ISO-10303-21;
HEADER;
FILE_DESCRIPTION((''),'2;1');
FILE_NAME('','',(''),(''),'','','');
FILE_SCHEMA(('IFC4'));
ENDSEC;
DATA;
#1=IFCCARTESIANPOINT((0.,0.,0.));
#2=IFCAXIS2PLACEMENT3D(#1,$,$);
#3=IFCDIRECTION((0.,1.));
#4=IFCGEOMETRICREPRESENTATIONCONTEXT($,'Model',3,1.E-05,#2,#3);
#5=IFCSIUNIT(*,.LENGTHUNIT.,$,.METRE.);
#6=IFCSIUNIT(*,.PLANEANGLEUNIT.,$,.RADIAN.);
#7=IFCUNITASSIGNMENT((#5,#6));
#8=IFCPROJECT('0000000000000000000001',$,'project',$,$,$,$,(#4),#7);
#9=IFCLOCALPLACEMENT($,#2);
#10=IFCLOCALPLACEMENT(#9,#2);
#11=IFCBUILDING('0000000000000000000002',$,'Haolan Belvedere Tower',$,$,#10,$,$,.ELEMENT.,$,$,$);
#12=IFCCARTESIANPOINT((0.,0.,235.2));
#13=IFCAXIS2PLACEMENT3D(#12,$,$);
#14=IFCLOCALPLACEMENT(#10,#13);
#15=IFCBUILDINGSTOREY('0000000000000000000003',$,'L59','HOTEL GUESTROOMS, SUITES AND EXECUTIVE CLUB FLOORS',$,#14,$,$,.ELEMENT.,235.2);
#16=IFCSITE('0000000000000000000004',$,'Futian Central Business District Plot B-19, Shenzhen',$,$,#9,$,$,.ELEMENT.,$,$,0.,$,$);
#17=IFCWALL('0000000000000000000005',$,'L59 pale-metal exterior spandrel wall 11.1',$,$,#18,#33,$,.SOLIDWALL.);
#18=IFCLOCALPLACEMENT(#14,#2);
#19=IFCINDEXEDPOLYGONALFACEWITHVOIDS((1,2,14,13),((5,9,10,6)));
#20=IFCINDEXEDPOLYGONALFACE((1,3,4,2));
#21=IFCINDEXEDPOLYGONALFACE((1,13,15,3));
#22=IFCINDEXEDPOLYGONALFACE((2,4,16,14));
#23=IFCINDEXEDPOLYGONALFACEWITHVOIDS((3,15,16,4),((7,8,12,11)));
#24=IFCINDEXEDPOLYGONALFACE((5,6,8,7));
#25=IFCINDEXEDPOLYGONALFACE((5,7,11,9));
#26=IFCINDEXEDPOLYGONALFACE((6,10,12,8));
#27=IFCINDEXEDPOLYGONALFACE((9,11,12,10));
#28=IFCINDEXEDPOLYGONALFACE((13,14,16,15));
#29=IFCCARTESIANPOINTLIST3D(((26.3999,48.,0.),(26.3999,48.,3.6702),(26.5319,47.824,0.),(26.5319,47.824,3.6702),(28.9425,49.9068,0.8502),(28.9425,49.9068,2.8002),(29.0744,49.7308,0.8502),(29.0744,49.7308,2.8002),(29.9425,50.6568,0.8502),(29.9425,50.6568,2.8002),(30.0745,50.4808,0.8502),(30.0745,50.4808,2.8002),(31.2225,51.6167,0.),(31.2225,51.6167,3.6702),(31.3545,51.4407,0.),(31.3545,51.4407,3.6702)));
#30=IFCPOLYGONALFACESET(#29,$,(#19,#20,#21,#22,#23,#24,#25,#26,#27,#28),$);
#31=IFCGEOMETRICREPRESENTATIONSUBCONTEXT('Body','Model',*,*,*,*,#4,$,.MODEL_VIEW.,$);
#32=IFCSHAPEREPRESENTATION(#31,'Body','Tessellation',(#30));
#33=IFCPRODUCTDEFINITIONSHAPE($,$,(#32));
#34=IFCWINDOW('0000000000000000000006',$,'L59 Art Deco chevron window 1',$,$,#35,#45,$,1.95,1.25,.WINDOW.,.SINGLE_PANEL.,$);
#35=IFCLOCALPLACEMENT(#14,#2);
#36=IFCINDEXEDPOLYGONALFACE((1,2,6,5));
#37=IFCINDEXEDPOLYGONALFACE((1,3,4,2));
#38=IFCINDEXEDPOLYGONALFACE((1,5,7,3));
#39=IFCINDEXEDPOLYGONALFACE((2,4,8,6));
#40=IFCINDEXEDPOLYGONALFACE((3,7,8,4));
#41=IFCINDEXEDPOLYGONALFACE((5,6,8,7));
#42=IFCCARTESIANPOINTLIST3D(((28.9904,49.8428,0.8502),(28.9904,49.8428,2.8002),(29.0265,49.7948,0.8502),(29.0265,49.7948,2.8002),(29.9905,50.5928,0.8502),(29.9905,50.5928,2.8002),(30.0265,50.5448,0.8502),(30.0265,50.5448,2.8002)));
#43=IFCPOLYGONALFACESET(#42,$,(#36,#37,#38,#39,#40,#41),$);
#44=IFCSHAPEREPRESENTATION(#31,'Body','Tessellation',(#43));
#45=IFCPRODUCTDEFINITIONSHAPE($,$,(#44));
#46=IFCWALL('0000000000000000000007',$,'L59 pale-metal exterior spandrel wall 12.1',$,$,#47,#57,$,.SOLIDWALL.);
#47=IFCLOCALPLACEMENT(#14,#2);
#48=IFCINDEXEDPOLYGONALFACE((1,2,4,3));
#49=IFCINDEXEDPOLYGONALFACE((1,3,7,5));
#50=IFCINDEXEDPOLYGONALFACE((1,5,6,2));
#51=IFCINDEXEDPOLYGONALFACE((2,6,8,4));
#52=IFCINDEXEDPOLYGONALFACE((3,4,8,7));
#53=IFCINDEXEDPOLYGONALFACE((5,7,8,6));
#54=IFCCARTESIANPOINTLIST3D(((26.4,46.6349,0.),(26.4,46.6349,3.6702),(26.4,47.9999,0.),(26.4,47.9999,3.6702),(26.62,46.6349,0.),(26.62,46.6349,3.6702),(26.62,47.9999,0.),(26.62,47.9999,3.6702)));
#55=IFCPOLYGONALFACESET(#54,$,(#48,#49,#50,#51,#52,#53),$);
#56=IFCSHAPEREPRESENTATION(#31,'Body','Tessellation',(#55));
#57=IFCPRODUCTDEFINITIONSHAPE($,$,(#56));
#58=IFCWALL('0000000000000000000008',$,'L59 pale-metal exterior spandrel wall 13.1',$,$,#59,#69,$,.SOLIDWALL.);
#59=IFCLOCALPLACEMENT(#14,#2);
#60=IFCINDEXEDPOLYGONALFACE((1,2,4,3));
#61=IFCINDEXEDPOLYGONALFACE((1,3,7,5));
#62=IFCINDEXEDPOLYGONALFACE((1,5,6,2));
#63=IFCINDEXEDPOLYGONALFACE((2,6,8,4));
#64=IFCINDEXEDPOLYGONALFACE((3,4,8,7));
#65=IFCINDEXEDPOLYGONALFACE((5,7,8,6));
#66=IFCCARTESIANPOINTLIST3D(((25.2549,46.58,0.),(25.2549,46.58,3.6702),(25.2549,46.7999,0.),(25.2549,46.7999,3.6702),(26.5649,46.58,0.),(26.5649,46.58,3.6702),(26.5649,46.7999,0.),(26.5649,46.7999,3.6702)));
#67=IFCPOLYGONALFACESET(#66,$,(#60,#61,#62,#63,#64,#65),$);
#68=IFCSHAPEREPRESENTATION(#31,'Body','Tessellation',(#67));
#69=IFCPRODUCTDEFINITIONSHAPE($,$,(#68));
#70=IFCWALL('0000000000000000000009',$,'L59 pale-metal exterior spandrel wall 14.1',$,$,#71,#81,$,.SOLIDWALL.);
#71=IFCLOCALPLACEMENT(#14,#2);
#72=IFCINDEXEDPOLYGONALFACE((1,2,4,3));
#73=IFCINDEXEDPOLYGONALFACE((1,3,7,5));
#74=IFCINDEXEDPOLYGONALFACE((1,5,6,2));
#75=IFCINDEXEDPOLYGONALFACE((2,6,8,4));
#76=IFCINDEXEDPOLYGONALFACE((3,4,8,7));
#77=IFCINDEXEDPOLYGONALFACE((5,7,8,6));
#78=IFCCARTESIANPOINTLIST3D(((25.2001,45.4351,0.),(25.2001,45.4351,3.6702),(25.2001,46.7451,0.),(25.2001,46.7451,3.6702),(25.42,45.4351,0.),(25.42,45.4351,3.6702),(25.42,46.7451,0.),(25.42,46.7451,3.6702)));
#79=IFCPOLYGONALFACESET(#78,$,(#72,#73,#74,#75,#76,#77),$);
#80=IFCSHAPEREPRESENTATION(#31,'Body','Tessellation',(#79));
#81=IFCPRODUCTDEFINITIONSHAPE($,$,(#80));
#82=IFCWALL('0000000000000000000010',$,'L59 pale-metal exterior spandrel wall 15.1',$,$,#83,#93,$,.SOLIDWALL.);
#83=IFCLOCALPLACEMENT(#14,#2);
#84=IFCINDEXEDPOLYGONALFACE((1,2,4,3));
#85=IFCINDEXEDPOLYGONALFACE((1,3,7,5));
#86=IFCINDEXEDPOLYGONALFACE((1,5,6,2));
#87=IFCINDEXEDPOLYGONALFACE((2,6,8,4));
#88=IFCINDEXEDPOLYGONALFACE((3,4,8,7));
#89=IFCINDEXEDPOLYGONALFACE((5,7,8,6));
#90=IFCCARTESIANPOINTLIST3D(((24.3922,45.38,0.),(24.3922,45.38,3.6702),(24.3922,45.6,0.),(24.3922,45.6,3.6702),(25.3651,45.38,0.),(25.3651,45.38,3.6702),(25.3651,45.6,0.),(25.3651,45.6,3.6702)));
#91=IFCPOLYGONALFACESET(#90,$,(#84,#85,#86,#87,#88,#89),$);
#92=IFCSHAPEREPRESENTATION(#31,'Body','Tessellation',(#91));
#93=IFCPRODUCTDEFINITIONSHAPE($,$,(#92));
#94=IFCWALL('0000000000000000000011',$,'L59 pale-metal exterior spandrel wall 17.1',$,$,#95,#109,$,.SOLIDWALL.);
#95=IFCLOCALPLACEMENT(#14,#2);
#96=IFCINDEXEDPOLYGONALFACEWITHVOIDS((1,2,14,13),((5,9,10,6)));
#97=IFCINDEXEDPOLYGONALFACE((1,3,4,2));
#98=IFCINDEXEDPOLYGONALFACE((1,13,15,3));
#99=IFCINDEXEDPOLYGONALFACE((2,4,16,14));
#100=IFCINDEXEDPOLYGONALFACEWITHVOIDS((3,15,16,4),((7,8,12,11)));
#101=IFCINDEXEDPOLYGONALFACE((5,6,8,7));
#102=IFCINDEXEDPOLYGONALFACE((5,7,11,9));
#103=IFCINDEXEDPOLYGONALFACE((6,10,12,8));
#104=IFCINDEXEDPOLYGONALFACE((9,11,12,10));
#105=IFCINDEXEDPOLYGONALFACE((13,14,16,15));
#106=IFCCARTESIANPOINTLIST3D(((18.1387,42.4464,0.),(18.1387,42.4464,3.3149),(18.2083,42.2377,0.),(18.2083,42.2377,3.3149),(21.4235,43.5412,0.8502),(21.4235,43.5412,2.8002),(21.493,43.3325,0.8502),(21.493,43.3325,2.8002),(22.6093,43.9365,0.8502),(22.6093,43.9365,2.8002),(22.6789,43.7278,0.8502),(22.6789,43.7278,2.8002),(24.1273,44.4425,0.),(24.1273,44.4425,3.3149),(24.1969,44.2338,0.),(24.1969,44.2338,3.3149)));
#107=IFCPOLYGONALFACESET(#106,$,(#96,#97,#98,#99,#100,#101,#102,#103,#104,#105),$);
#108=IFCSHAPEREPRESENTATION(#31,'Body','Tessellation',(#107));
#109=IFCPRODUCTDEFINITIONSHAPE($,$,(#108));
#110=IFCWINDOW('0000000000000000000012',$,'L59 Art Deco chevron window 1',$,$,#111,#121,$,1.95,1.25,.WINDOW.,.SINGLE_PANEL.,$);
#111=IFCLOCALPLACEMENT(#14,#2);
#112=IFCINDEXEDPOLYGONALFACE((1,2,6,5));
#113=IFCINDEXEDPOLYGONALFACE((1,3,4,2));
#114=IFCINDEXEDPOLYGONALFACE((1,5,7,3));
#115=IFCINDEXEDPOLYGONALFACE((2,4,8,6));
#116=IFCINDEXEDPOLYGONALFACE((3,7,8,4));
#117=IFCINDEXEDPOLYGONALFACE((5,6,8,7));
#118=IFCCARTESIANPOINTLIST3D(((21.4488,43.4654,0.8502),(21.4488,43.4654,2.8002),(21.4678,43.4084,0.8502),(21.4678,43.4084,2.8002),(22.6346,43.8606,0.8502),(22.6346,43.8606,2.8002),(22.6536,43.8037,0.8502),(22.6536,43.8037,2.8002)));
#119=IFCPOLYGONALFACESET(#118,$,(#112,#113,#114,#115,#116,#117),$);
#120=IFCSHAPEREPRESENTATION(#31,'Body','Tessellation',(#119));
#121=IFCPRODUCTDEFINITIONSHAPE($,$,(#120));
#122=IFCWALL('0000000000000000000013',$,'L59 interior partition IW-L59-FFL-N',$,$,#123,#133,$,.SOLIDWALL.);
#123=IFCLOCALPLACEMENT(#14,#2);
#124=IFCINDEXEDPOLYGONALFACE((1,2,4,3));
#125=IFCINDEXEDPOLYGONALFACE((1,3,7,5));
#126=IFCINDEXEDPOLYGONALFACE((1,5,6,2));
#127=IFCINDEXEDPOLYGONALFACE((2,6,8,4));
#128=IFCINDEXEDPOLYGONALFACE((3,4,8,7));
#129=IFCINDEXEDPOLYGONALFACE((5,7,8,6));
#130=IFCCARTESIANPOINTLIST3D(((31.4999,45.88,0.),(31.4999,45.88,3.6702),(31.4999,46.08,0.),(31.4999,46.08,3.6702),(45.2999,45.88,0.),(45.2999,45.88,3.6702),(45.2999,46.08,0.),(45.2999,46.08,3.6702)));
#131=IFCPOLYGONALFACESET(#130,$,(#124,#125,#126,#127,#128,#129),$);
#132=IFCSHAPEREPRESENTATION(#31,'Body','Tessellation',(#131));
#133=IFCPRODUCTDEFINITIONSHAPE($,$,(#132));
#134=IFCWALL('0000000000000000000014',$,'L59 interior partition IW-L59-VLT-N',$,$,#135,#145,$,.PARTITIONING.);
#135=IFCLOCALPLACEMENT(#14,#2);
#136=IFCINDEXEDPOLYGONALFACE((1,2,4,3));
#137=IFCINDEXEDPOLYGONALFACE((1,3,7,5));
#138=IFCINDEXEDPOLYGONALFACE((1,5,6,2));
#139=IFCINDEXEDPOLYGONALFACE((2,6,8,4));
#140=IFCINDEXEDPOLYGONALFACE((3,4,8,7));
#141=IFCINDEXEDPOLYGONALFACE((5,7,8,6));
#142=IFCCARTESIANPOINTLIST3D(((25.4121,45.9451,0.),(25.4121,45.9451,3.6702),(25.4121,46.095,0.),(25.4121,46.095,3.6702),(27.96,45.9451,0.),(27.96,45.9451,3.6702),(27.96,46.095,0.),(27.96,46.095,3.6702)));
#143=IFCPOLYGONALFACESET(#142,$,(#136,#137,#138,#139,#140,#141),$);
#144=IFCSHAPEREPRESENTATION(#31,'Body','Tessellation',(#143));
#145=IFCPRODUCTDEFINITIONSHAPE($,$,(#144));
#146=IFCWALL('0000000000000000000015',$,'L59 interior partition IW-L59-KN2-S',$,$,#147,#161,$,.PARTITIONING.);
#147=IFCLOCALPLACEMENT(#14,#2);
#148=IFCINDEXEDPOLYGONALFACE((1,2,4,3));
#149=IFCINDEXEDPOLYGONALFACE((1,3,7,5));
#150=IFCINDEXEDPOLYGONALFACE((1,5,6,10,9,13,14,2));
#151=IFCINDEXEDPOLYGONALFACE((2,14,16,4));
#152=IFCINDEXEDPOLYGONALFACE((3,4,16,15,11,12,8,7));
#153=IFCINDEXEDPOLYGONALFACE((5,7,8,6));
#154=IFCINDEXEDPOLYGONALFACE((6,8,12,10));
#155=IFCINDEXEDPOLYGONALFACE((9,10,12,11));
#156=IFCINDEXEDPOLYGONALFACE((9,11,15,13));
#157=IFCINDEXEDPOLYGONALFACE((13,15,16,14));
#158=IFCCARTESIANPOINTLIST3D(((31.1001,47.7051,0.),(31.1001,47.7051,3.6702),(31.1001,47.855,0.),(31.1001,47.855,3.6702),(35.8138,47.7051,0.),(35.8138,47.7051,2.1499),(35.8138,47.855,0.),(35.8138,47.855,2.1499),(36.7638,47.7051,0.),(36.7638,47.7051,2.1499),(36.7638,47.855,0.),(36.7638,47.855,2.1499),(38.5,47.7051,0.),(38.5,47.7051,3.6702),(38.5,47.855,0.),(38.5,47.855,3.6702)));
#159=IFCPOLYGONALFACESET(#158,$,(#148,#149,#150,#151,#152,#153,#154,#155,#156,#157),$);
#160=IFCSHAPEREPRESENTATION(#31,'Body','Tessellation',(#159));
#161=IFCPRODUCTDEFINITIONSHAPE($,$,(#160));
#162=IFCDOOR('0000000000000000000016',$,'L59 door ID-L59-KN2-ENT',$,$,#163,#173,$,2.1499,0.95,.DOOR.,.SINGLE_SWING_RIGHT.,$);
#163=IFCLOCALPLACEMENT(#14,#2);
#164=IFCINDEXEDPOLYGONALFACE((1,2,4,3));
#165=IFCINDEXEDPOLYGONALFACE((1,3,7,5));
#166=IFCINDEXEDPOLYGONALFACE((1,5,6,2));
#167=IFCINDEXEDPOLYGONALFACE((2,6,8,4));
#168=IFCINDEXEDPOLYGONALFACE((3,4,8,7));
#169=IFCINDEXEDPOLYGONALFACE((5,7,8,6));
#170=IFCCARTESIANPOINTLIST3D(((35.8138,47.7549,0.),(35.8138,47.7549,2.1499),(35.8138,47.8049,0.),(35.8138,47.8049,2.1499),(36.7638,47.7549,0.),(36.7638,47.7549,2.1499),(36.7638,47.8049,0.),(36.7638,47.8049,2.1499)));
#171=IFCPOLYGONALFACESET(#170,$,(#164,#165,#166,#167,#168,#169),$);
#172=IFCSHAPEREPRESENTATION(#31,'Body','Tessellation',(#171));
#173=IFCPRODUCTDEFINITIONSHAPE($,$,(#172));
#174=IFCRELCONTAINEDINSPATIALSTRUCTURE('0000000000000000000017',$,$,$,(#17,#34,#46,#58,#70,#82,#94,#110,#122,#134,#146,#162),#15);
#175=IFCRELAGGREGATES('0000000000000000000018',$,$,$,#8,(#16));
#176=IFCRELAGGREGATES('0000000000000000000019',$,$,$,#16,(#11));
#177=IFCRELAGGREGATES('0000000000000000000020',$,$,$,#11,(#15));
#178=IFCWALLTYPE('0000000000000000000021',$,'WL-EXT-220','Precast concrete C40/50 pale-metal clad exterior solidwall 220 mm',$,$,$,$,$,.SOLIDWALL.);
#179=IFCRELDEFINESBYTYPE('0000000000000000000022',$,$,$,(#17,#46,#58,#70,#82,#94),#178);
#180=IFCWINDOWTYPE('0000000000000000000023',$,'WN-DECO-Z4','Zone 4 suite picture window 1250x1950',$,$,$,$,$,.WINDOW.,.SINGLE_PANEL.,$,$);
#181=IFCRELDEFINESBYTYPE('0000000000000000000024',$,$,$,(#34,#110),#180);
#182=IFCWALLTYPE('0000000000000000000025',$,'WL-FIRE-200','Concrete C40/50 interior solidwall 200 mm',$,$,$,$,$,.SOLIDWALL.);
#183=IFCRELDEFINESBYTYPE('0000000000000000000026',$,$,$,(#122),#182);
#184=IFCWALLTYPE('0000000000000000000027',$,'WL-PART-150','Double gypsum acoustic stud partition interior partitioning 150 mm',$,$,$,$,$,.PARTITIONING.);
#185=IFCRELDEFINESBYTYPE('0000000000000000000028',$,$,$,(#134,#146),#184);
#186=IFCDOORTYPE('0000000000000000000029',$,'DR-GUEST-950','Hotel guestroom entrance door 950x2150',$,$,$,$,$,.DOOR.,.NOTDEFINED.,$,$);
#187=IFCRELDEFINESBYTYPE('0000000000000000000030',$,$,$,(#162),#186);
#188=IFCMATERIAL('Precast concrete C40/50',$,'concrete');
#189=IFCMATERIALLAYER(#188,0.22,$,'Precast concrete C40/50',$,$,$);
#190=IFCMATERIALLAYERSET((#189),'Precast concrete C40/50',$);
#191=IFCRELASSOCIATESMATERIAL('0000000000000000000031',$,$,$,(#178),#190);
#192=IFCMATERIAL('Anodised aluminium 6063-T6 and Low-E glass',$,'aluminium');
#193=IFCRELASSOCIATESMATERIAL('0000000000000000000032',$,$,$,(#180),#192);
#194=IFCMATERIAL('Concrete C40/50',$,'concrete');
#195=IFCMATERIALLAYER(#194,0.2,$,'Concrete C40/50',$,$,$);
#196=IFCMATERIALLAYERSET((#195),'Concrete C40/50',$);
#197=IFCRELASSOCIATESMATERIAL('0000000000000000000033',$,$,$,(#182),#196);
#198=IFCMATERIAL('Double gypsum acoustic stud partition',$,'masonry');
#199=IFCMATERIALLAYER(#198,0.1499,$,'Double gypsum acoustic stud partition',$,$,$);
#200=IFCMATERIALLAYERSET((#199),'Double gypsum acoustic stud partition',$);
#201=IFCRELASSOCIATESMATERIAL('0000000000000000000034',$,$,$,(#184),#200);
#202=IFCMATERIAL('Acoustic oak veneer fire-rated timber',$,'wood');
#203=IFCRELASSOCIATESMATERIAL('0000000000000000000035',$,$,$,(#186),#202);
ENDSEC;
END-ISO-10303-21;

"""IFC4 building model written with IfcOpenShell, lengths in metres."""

from ifc_helpers import new_model, si_unit, direction, frame, frame_2d, origin, place, context, subcontext, project, spatial, rectangle, extrude, material, layer, layer_set, type_object, element, fill, save


model = new_model("IFC4")

# Units and contexts
model_context = context("Model", 3, precision=1e-05, world=origin(), true_north=direction((0.0, 1.0)))
body_context = subcontext(model_context, "Body", "Model", "MODEL_VIEW")
ifc_project = project(units=[si_unit("LENGTHUNIT", "METRE"), si_unit("PLANEANGLEUNIT", "RADIAN")], contexts=[model_context])

# Site, building, storey
site_placement = place(None, origin())
site = spatial("IfcSite", under=ifc_project, at=site_placement, Name="Futian Central Business District Plot B-19, Shenzhen", CompositionType="ELEMENT", RefElevation=0.0)
building_placement = place(site_placement, origin())
building = spatial("IfcBuilding", under=site, at=building_placement, Name="Haolan Belvedere Tower", CompositionType="ELEMENT")
storey_placement = place(building_placement, frame((0.0, 0.0, 235.2)))
storey = spatial("IfcBuildingStorey", under=building, at=storey_placement, Name="L59", Description="HOTEL GUESTROOMS, SUITES AND EXECUTIVE CLUB FLOORS", CompositionType="ELEMENT", Elevation=235.2)

# Wall, opening, window
ifc_material_1 = material(Name="Precast concrete C40/50", Category="concrete")
ifc_layer_1 = layer(ifc_material_1, 0.22, Name="Precast concrete C40/50")
ifc_layer_set_1 = layer_set([ifc_layer_1], Name="Precast concrete C40/50")
wall_type_1 = type_object("IfcWallType", Name="WL-EXT-220", Description="Precast concrete C40/50 pale-metal clad exterior solidwall 220 mm", PredefinedType="SOLIDWALL", material=ifc_layer_set_1)
wall_1_placement = place(storey_placement, frame((31.2886, 51.5288, 0.0), z_axis=(0.0, 0.0, 1.0), x_axis=(-0.800015, -0.599981, 0.0)))
wall_1 = element("IfcWall", 1, at=wall_1_placement, inside=storey, type_object=wall_type_1, Name="L59 pale-metal exterior spandrel wall 11.1", PredefinedType="SOLIDWALL", context=body_context, shape_type="SweptSolid", body=[
    extrude(rectangle(XDim=6.0281, YDim=0.22, at=frame_2d((3.0142, 0.0))), origin(), (0.0, 0.0, 1.0), 3.6702),
])
opening_1_placement = place(wall_1_placement, frame((1.6001, 0.0, 0.8501)))
opening_1 = element("IfcOpeningElement", 2, at=opening_1_placement, cuts=wall_1, PredefinedType="OPENING", context=body_context, shape_type="SweptSolid", body=[
    extrude(rectangle(XDim=1.25, YDim=1.95, at=frame_2d((0.625, 0.9751))), frame((0.0, 0.1199, 0.0), z_axis=(0.0, -1.0, 0.0), x_axis=(1.0, 0.0, 0.0)), (0.0, 0.0, 1.0), 0.24),
])
ifc_material_2 = material(Name="Anodised aluminium 6063-T6 and Low-E glass", Category="aluminium")
window_type = type_object("IfcWindowType", Name="WN-DECO-Z4", Description="Zone 4 suite picture window 1250x1950", PartitioningType="SINGLE_PANEL", PredefinedType="WINDOW", material=ifc_material_2)
window_1_placement = place(opening_1_placement, origin())
window_1 = element("IfcWindow", 3, at=window_1_placement, inside=storey, type_object=window_type, Name="L59 Art Deco chevron window 1", OverallHeight=1.95, OverallWidth=1.25, PartitioningType="SINGLE_PANEL", PredefinedType="WINDOW", context=body_context, shape_type="SweptSolid", body=[
    extrude(rectangle(XDim=1.25, YDim=1.95, at=frame_2d((0.625, 0.9751))), frame((0.0, 0.03, 0.0), z_axis=(0.0, -1.0, 0.0), x_axis=(1.0, 0.0, 0.0)), (0.0, 0.0, 1.0), 0.0601),
])
fill(opening_1, window_1)

# Walls
wall_2_placement = place(storey_placement, frame((26.51, 48.0, 0.0), z_axis=(0.0, 0.0, 1.0), x_axis=(0.0, -1.0, 0.0)))
element("IfcWall", 4, at=wall_2_placement, inside=storey, type_object=wall_type_1, Name="L59 pale-metal exterior spandrel wall 12.1", PredefinedType="SOLIDWALL", context=body_context, shape_type="SweptSolid", body=[
    extrude(rectangle(XDim=1.365, YDim=0.22, at=frame_2d((0.6826, 0.0))), origin(), (0.0, 0.0, 1.0), 3.6702),
])
for number, where, z_axis, x_axis, name in (
    (5, (26.5649, 46.6899, 0.0), (0.0, 0.0, 1.0), (-1.0, 0.0, 0.0), "L59 pale-metal exterior spandrel wall 13.1"),
    (6, (25.3101, 46.7451, 0.0), (0.0, 0.0, 1.0), (0.0, -1.0, 0.0), "L59 pale-metal exterior spandrel wall 14.1"),
):
    element("IfcWall", number, at=place(storey_placement, frame(where, z_axis=z_axis, x_axis=x_axis)), inside=storey, type_object=wall_type_1, Name=name, PredefinedType="SOLIDWALL", context=body_context, shape_type="SweptSolid", body=[
        extrude(rectangle(XDim=1.3101, YDim=0.22, at=frame_2d((0.655, 0.0))), origin(), (0.0, 0.0, 1.0), 3.6702),
    ])
wall_3_placement = place(storey_placement, frame((25.365, 45.49, 0.0), z_axis=(0.0, 0.0, 1.0), x_axis=(-1.0, 0.0, 0.0)))
element("IfcWall", 7, at=wall_3_placement, inside=storey, type_object=wall_type_1, Name="L59 pale-metal exterior spandrel wall 15.1", PredefinedType="SOLIDWALL", context=body_context, shape_type="SweptSolid", body=[
    extrude(rectangle(XDim=0.9729, YDim=0.22, at=frame_2d((0.4863, 0.0))), origin(), (0.0, 0.0, 1.0), 3.6702),
])

# Wall, opening, window
wall_4_placement = place(storey_placement, frame((24.1621, 44.3381, 0.0), z_axis=(0.0, 0.0, 1.0), x_axis=(-0.948687, -0.316216, 0.0)))
wall_4 = element("IfcWall", 8, at=wall_4_placement, inside=storey, type_object=wall_type_1, Name="L59 pale-metal exterior spandrel wall 17.1", PredefinedType="SOLIDWALL", context=body_context, shape_type="SweptSolid", body=[
    extrude(rectangle(XDim=6.3125, YDim=0.22, at=frame_2d((3.1562, 0.0))), origin(), (0.0, 0.0, 1.0), 3.3149),
])
opening_2_placement = place(wall_4_placement, frame((1.6001, 0.0, 0.8501)))
opening_2 = element("IfcOpeningElement", 9, at=opening_2_placement, cuts=wall_4, PredefinedType="OPENING", context=body_context, shape_type="SweptSolid", body=[
    extrude(rectangle(XDim=1.25, YDim=1.95, at=frame_2d((0.625, 0.9751))), frame((0.0, 0.1199, 0.0), z_axis=(0.0, -1.0, 0.0), x_axis=(1.0, 0.0, 0.0)), (0.0, 0.0, 1.0), 0.24),
])
window_2_placement = place(opening_2_placement, origin())
window_2 = element("IfcWindow", 10, at=window_2_placement, inside=storey, type_object=window_type, Name="L59 Art Deco chevron window 1", OverallHeight=1.95, OverallWidth=1.25, PartitioningType="SINGLE_PANEL", PredefinedType="WINDOW", context=body_context, shape_type="SweptSolid", body=[
    extrude(rectangle(XDim=1.25, YDim=1.95, at=frame_2d((0.625, 0.9751))), frame((0.0, 0.03, 0.0), z_axis=(0.0, -1.0, 0.0), x_axis=(1.0, 0.0, 0.0)), (0.0, 0.0, 1.0), 0.0601),
])
fill(opening_2, window_2)

# Wall
ifc_material_3 = material(Name="Concrete C40/50", Category="concrete")
ifc_layer_2 = layer(ifc_material_3, 0.2, Name="Concrete C40/50")
ifc_layer_set_2 = layer_set([ifc_layer_2], Name="Concrete C40/50")
wall_type_2 = type_object("IfcWallType", Name="WL-FIRE-200", Description="Concrete C40/50 interior solidwall 200 mm", PredefinedType="SOLIDWALL", material=ifc_layer_set_2)
wall_5_placement = place(storey_placement, frame((31.5, 45.98, 0.0), z_axis=(0.0, 0.0, 1.0), x_axis=(1.0, 0.0, 0.0)))
element("IfcWall", 11, at=wall_5_placement, inside=storey, type_object=wall_type_2, Name="L59 interior partition IW-L59-FFL-N", PredefinedType="SOLIDWALL", context=body_context, shape_type="SweptSolid", body=[
    extrude(rectangle(XDim=13.8, YDim=0.2, at=frame_2d((6.8999, 0.0))), origin(), (0.0, 0.0, 1.0), 3.6702),
])

# Wall
ifc_material_4 = material(Name="Double gypsum acoustic stud partition", Category="masonry")
ifc_layer_3 = layer(ifc_material_4, 0.1499, Name="Double gypsum acoustic stud partition")
ifc_layer_set_3 = layer_set([ifc_layer_3], Name="Double gypsum acoustic stud partition")
wall_type_3 = type_object("IfcWallType", Name="WL-PART-150", Description="Double gypsum acoustic stud partition interior partitioning 150 mm", PredefinedType="PARTITIONING", material=ifc_layer_set_3)
wall_6_placement = place(storey_placement, frame((25.4121, 46.02, 0.0), z_axis=(0.0, 0.0, 1.0), x_axis=(1.0, 0.0, 0.0)))
element("IfcWall", 12, at=wall_6_placement, inside=storey, type_object=wall_type_3, Name="L59 interior partition IW-L59-VLT-N", PredefinedType="PARTITIONING", context=body_context, shape_type="SweptSolid", body=[
    extrude(rectangle(XDim=2.5479, YDim=0.1499, at=frame_2d((1.2739, 0.0))), origin(), (0.0, 0.0, 1.0), 3.6702),
])

# Wall, opening, door
wall_7_placement = place(storey_placement, frame((31.1001, 47.78, 0.0), z_axis=(0.0, 0.0, 1.0), x_axis=(1.0, 0.0, 0.0)))
wall_7 = element("IfcWall", 13, at=wall_7_placement, inside=storey, type_object=wall_type_3, Name="L59 interior partition IW-L59-KN2-S", PredefinedType="PARTITIONING", context=body_context, shape_type="SweptSolid", body=[
    extrude(rectangle(XDim=7.3999, YDim=0.1499, at=frame_2d((3.7, 0.0))), origin(), (0.0, 0.0, 1.0), 3.6702),
])
opening_3_placement = place(wall_7_placement, frame((4.7136, 0.0, 0.0)))
opening_3 = element("IfcOpeningElement", 14, at=opening_3_placement, cuts=wall_7, PredefinedType="OPENING", context=body_context, shape_type="SweptSolid", body=[
    extrude(rectangle(XDim=0.95, YDim=2.1499, at=frame_2d((0.4751, 1.075))), frame((0.0, 0.085, 0.0), z_axis=(0.0, -1.0, 0.0), x_axis=(1.0, 0.0, 0.0)), (0.0, 0.0, 1.0), 0.1699),
])
ifc_material_5 = material(Name="Acoustic oak veneer fire-rated timber", Category="wood")
door_type_1 = type_object("IfcDoorType", Name="DR-GUEST-950", Description="Hotel guestroom entrance door 950x2150", OperationType="NOTDEFINED", PredefinedType="DOOR", material=ifc_material_5)
door_1_placement = place(opening_3_placement, origin())
door_1 = element("IfcDoor", 15, at=door_1_placement, inside=storey, type_object=door_type_1, Name="L59 door ID-L59-KN2-ENT", OperationType="SINGLE_SWING_RIGHT", OverallHeight=2.1499, OverallWidth=0.95, PredefinedType="DOOR", context=body_context, shape_type="SweptSolid", body=[
    extrude(rectangle(XDim=0.95, YDim=2.1499, at=frame_2d((0.4751, 1.075))), frame((0.0, 0.0249, 0.0), z_axis=(0.0, -1.0, 0.0), x_axis=(1.0, 0.0, 0.0)), (0.0, 0.0, 1.0), 0.05),
])
fill(opening_3, door_1)

save(model, "model.ifc")
